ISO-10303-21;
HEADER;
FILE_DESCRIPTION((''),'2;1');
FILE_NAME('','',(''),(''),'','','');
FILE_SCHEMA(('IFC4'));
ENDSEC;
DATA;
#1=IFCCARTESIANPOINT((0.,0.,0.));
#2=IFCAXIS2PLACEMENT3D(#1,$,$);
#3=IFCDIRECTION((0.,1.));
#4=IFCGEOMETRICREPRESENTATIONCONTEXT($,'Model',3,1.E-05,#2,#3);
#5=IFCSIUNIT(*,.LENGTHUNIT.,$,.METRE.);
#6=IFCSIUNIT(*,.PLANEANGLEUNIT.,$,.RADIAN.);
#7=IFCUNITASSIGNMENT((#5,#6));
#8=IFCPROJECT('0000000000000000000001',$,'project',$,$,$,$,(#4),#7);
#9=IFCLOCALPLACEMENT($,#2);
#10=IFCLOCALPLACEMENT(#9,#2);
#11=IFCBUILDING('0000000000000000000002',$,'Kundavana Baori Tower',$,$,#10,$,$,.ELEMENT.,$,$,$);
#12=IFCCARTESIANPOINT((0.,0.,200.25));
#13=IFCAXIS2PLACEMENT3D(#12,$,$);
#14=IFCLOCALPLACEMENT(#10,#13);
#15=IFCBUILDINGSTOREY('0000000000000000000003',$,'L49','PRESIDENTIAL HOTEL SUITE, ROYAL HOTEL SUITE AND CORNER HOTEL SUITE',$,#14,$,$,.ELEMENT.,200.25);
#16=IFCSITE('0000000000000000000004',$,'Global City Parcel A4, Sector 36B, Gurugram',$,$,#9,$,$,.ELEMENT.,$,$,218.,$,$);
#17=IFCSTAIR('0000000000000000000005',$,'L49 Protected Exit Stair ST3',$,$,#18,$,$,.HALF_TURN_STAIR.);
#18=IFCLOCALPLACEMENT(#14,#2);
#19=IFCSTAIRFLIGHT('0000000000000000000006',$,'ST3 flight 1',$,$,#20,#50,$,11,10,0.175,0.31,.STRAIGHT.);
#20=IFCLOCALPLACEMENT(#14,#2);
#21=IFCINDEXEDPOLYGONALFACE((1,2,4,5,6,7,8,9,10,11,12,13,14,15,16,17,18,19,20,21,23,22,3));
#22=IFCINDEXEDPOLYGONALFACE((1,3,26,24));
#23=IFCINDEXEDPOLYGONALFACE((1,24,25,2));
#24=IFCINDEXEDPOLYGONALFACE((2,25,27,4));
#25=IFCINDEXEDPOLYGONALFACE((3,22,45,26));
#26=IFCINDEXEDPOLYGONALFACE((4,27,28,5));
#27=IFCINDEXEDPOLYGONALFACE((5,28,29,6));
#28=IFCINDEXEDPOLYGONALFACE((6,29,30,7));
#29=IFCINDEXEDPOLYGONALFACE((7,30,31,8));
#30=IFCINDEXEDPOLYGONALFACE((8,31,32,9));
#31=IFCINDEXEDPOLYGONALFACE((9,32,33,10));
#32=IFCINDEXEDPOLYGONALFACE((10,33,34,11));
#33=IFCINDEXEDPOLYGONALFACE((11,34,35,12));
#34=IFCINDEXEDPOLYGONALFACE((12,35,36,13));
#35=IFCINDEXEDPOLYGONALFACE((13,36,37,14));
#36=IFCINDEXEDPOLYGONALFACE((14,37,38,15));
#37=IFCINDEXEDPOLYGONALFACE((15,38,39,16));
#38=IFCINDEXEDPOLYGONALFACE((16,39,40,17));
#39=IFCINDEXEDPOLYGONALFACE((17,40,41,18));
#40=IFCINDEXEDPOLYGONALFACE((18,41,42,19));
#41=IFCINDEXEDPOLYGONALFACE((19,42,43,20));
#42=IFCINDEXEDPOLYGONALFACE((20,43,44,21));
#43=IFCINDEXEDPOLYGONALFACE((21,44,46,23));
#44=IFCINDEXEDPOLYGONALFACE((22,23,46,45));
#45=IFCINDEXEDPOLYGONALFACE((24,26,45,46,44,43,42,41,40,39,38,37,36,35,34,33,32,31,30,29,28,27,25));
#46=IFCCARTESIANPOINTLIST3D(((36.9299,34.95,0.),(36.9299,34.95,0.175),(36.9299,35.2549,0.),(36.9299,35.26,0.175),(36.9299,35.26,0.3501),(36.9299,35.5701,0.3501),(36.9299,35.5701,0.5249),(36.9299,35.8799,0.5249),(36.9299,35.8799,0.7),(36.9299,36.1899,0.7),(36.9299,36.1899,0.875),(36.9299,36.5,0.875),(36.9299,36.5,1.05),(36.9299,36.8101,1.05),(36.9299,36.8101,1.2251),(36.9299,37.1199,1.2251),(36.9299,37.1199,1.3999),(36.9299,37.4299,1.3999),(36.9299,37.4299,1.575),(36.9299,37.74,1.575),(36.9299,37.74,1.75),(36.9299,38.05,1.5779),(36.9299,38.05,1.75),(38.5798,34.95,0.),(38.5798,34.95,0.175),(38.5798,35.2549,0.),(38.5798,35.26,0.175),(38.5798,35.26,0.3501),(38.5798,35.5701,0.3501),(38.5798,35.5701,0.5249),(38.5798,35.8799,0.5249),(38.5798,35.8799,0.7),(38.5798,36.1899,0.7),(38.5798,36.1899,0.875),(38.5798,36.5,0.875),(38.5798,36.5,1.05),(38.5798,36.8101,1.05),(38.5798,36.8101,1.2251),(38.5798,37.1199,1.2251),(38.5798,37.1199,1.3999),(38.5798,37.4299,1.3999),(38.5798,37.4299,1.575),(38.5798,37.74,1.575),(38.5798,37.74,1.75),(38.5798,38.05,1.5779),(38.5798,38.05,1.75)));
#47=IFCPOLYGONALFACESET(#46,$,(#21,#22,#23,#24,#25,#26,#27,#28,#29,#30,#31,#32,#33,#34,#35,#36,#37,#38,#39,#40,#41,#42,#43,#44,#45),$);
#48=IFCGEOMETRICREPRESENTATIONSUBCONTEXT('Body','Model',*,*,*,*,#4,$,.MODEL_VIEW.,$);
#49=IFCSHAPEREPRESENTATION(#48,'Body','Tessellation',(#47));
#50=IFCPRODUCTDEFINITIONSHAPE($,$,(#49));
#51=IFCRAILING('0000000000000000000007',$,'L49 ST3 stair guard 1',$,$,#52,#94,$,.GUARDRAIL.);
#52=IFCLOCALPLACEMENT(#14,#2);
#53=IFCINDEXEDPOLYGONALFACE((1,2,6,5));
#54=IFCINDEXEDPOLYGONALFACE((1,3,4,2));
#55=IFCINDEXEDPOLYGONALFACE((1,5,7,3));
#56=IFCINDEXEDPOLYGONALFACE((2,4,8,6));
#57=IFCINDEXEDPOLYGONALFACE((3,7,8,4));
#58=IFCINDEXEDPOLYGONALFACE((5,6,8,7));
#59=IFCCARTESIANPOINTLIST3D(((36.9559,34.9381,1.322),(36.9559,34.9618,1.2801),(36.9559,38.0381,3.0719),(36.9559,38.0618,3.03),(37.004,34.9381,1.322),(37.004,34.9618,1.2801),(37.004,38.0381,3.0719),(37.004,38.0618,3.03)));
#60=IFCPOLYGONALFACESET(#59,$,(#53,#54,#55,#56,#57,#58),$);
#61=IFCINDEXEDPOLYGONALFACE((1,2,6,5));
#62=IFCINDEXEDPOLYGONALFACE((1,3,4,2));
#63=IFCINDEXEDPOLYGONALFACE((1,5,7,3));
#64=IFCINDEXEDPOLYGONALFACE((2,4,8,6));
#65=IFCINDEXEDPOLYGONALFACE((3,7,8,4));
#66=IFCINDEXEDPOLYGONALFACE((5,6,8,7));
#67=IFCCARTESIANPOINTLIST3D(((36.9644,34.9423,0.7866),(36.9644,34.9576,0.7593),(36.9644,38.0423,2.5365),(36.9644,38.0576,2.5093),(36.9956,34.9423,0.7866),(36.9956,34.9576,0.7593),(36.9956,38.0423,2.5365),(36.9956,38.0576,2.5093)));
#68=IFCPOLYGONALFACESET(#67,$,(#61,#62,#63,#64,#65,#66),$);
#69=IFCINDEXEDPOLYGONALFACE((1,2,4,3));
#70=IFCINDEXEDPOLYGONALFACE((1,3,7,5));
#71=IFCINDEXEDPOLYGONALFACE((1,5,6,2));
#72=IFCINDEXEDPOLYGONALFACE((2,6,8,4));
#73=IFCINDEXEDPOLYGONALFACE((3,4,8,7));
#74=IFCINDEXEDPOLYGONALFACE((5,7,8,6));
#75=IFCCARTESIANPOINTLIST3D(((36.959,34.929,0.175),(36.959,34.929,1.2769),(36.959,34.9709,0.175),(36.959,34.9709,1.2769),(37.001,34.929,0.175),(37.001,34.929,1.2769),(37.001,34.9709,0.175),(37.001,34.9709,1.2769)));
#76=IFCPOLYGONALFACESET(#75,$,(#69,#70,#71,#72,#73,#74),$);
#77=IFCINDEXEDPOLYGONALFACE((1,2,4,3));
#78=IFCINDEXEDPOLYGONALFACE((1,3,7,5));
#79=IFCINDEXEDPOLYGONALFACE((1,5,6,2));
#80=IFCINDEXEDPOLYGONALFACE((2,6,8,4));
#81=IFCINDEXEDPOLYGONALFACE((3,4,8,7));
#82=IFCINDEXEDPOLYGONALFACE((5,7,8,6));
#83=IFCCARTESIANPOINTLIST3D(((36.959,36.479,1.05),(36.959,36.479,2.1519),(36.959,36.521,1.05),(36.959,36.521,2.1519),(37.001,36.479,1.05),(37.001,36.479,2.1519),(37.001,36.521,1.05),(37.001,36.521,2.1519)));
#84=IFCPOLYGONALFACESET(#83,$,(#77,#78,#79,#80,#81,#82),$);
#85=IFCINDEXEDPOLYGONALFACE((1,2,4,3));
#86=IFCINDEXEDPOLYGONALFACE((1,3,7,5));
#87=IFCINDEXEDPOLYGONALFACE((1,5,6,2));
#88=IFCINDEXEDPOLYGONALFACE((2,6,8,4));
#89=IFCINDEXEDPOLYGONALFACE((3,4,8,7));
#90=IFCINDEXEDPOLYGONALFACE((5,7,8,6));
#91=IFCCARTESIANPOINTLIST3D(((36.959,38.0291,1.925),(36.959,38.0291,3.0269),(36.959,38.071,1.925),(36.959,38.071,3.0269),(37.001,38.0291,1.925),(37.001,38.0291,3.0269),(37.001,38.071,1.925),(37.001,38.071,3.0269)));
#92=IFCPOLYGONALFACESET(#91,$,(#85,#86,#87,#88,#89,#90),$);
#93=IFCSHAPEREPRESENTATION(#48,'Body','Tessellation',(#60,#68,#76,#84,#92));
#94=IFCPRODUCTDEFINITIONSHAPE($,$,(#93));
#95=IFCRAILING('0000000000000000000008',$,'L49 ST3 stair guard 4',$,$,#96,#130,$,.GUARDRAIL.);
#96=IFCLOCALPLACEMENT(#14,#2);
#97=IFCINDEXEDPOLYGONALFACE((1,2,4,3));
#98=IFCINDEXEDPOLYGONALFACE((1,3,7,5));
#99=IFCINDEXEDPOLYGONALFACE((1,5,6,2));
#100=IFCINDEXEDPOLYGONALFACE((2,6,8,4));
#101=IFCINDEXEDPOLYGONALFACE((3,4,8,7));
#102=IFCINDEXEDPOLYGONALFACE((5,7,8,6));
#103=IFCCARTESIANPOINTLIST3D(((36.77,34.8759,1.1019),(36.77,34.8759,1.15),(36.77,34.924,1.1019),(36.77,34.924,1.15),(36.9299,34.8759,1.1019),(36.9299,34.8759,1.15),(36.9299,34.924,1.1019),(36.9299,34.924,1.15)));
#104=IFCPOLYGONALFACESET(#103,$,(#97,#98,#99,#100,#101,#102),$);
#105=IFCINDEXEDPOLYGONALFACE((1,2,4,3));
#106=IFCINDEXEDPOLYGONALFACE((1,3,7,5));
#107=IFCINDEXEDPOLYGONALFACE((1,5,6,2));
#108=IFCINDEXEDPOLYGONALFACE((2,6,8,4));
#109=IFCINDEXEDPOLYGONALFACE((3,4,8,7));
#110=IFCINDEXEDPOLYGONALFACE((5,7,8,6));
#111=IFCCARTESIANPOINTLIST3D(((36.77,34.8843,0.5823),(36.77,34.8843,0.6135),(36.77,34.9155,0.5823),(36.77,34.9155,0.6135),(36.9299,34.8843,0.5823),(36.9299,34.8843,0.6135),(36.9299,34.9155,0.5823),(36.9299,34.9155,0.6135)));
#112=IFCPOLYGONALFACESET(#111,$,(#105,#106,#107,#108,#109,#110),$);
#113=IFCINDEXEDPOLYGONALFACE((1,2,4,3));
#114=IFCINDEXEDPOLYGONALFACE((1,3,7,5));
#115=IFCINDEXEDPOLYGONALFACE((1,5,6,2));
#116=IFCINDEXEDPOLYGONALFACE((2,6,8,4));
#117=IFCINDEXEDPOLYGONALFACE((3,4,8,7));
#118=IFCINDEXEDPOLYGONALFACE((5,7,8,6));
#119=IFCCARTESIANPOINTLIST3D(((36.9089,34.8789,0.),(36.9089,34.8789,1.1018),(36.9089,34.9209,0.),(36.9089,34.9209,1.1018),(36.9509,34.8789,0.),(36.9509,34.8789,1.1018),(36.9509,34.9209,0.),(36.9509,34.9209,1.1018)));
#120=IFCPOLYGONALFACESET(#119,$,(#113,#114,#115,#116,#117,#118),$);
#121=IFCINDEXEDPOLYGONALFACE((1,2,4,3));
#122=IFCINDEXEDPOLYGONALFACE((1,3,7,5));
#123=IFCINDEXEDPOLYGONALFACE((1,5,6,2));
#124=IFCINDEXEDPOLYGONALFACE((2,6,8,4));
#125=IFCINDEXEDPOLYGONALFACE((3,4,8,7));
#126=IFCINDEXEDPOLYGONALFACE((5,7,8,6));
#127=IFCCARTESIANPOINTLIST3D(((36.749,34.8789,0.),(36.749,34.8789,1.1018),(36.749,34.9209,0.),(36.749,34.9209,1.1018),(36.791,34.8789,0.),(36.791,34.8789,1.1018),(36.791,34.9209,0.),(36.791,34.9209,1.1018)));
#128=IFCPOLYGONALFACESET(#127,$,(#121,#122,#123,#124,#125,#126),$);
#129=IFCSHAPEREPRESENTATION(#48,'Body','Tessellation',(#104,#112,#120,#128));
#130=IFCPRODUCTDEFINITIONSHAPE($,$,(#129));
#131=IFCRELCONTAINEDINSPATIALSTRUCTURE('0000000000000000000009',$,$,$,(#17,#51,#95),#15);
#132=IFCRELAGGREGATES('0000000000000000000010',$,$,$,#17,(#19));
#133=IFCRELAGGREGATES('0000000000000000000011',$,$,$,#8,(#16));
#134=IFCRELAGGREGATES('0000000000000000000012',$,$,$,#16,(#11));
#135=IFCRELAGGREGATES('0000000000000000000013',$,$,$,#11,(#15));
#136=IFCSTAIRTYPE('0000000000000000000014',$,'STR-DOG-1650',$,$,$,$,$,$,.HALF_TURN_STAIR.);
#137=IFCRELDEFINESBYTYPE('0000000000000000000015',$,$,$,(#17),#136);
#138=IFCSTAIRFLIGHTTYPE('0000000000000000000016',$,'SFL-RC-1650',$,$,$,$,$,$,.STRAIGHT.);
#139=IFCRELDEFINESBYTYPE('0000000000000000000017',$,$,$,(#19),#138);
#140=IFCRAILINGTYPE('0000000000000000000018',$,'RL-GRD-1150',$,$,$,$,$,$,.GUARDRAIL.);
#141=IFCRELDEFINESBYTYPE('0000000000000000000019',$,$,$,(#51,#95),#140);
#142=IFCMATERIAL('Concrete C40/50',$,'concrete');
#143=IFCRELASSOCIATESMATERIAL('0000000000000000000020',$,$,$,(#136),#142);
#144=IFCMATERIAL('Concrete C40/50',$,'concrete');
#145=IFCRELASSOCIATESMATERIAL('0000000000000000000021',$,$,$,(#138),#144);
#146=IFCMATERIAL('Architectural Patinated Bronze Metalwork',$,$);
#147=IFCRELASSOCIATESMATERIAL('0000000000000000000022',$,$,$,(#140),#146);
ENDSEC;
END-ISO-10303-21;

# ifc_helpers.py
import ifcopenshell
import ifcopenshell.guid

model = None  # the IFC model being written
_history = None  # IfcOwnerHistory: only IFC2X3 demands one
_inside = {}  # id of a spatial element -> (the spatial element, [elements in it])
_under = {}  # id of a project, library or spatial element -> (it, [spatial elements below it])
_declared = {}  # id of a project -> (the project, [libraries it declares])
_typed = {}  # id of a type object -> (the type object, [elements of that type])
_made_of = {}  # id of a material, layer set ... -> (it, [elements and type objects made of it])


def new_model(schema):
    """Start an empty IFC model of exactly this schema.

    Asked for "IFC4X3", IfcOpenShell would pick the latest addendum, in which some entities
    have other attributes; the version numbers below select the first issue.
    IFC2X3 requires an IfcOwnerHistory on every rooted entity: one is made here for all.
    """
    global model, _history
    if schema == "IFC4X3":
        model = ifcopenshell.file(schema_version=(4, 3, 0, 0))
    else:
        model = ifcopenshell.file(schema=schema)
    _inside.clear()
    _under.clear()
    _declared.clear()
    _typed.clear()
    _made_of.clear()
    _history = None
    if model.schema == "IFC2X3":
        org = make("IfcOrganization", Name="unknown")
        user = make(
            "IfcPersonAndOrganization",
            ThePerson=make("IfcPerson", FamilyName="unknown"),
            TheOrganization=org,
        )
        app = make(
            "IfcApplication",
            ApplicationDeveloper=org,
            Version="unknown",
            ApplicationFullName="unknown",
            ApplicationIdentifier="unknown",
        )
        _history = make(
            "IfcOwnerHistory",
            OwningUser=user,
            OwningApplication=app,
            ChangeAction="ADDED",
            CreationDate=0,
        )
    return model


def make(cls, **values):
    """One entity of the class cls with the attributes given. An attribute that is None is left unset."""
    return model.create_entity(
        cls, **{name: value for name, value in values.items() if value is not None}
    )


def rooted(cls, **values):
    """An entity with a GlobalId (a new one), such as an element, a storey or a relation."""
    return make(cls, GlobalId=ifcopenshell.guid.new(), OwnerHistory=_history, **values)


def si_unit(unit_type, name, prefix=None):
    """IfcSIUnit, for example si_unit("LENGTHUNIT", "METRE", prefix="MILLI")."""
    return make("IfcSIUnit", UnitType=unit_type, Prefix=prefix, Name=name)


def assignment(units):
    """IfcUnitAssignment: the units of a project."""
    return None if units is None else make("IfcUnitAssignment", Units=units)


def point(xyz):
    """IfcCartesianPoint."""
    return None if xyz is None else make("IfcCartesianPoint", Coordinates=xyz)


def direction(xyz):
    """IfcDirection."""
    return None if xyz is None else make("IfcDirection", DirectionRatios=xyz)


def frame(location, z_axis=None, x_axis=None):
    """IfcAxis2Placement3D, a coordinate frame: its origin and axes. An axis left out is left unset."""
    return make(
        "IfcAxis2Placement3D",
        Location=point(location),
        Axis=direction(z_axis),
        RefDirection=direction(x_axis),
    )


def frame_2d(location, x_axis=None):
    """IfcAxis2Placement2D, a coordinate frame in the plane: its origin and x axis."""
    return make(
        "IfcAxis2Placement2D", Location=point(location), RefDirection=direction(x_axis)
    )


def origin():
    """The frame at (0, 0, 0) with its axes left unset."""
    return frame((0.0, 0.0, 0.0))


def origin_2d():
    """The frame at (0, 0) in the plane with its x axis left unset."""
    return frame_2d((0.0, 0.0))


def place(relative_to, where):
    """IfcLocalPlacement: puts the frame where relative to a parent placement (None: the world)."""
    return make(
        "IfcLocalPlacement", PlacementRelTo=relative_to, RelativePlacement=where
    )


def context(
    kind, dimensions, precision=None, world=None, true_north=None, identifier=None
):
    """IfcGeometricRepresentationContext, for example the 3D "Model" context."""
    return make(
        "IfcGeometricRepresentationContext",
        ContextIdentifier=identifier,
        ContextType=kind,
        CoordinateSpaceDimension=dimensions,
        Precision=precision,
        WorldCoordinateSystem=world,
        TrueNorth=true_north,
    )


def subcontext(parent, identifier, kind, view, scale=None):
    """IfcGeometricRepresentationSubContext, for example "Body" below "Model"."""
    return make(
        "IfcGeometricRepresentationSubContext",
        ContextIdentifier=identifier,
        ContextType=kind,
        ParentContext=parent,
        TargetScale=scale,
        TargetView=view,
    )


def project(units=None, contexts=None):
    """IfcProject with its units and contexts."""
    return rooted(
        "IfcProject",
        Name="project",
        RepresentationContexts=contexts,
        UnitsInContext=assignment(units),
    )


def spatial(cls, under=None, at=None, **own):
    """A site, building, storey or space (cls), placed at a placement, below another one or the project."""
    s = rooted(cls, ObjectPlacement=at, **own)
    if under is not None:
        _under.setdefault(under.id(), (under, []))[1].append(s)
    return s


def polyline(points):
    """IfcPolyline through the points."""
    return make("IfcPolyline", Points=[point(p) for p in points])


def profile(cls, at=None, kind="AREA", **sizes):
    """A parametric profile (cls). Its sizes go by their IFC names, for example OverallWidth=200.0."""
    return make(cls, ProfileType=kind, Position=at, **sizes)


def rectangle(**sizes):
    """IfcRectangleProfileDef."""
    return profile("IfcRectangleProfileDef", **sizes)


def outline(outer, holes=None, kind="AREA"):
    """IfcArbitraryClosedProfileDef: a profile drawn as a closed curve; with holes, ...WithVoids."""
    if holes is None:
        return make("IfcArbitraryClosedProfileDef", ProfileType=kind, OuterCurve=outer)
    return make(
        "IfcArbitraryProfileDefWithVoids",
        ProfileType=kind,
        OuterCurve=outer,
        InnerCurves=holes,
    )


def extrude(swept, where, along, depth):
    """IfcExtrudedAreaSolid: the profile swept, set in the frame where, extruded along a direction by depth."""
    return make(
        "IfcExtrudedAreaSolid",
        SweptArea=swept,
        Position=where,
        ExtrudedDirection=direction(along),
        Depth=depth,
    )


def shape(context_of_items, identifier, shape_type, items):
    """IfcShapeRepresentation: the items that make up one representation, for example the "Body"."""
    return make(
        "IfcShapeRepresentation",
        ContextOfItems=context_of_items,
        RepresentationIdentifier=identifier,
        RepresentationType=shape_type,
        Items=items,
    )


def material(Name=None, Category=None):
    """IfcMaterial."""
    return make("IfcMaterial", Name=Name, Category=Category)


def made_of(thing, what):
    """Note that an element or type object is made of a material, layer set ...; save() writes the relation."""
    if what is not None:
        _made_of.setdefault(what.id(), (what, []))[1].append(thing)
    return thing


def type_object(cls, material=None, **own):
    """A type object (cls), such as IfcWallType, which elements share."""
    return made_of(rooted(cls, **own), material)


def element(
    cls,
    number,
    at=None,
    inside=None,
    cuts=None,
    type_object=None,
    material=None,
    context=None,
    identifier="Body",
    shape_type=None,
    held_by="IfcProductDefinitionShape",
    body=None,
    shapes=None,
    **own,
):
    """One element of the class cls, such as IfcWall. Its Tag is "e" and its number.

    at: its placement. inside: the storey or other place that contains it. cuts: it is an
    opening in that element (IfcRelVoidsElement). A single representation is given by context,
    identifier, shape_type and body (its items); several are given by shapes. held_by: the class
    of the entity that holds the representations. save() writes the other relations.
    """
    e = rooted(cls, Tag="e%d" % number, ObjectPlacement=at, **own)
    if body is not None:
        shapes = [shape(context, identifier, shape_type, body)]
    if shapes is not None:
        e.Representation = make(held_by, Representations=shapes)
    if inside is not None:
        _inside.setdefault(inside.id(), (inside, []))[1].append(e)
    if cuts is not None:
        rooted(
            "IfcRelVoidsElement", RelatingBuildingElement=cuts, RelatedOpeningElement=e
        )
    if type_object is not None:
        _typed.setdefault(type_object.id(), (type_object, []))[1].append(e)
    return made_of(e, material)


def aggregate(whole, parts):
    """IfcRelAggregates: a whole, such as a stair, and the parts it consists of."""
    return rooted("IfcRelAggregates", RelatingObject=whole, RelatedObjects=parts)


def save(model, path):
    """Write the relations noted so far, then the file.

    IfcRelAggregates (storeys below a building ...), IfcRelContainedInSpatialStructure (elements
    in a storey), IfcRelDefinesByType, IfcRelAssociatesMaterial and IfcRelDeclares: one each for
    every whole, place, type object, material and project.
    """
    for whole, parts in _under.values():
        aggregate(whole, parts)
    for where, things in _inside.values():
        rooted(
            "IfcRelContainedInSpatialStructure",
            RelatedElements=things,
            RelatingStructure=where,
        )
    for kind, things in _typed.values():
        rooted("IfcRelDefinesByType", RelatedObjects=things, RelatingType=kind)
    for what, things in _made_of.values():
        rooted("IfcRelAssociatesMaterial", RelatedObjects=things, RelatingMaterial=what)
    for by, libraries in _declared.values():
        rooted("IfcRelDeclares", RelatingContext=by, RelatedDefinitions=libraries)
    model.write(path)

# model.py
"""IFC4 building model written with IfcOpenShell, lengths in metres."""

from ifc_helpers import new_model, si_unit, direction, frame, origin, origin_2d, place, context, subcontext, project, spatial, polyline, rectangle, outline, extrude, material, type_object, element, aggregate, save


model = new_model("IFC4")

# Units and contexts
model_context = context("Model", 3, precision=1e-05, world=origin(), true_north=direction((0.0, 1.0)))
body_context = subcontext(model_context, "Body", "Model", "MODEL_VIEW")
ifc_project = project(units=[si_unit("LENGTHUNIT", "METRE"), si_unit("PLANEANGLEUNIT", "RADIAN")], contexts=[model_context])

# Site, building, storey
site_placement = place(None, origin())
site = spatial("IfcSite", under=ifc_project, at=site_placement, Name="Global City Parcel A4, Sector 36B, Gurugram", CompositionType="ELEMENT", RefElevation=218.0)
building_placement = place(site_placement, origin())
building = spatial("IfcBuilding", under=site, at=building_placement, Name="Kundavana Baori Tower", CompositionType="ELEMENT")
storey_placement = place(building_placement, frame((0.0, 0.0, 200.25)))
storey = spatial("IfcBuildingStorey", under=building, at=storey_placement, Name="L49", Description="PRESIDENTIAL HOTEL SUITE, ROYAL HOTEL SUITE AND CORNER HOTEL SUITE", CompositionType="ELEMENT", Elevation=200.25)

# Stair, stair flight
ifc_material_1 = material(Name="Concrete C40/50", Category="concrete")
stair_type = type_object("IfcStairType", Name="STR-DOG-1650", PredefinedType="HALF_TURN_STAIR", material=ifc_material_1)
stair_placement = place(storey_placement, origin())
stair = element("IfcStair", 1, at=stair_placement, inside=storey, type_object=stair_type, Name="L49 Protected Exit Stair ST3", PredefinedType="HALF_TURN_STAIR")
ifc_material_2 = material(Name="Concrete C40/50", Category="concrete")
stair_flight_type = type_object("IfcStairFlightType", Name="SFL-RC-1650", PredefinedType="STRAIGHT", material=ifc_material_2)
stair_flight_placement = place(storey_placement, frame((37.7549, 34.95, 0.0), z_axis=(0.0, 0.0, 1.0), x_axis=(0.0, 1.0, 0.0)))
stair_flight = element("IfcStairFlight", 2, at=stair_flight_placement, type_object=stair_flight_type, Name="ST3 flight 1", NumberOfRisers=11, NumberOfTreads=10, PredefinedType="STRAIGHT", RiserHeight=0.175, TreadLength=0.31, context=body_context, shape_type="SweptSolid", body=[
    extrude(outline(polyline([(0.0, 0.0), (0.0, 0.175), (0.3101, 0.175), (0.3101, 0.3501), (0.6201, 0.3501), (0.6201, 0.5249), (0.9299, 0.5249), (0.9299, 0.7), (1.24, 0.7), (1.24, 0.875), (1.55, 0.875), (1.55, 1.05), (1.8601, 1.05), (1.8601, 1.2251), (2.1699, 1.2251), (2.1699, 1.3999), (2.48, 1.3999), (2.48, 1.575), (2.79, 1.575), (2.79, 1.75), (3.1001, 1.75), (3.1001, 1.925), (3.1001, 1.5779), (0.3049, 0.0), (0.0, 0.0)])), frame((0.0, 0.825, 0.0), z_axis=(0.0, -1.0, 0.0), x_axis=(1.0, 0.0, 0.0)), (0.0, 0.0, 1.0), 1.6499),
])
aggregate(stair, [stair_flight])

# Railings
ifc_material_3 = material(Name="Architectural Patinated Bronze Metalwork")
railing_type = type_object("IfcRailingType", Name="RL-GRD-1150", PredefinedType="GUARDRAIL", material=ifc_material_3)
railing_1_placement = place(storey_placement, frame((36.98, 34.95, 0.175)))
element("IfcRailing", 3, at=railing_1_placement, inside=storey, type_object=railing_type, Name="L49 ST3 stair guard 1", PredefinedType="GUARDRAIL", context=body_context, shape_type="SweptSolid", body=[
    extrude(rectangle(XDim=0.0481, YDim=0.0481, at=origin_2d()), frame((0.0, 0.0, 1.126), z_axis=(0.0, 0.870831, 0.491583), x_axis=(-1.0, 0.0, 0.0)), (0.0, 0.0, 1.0), 3.5598),
    extrude(rectangle(XDim=0.0312, YDim=0.0312, at=origin_2d()), frame((0.0, 0.0, 0.5979), z_axis=(0.0, 0.870831, 0.491583), x_axis=(-1.0, 0.0, 0.0)), (0.0, 0.0, 1.0), 3.5598),
    extrude(rectangle(XDim=0.042, YDim=0.042, at=origin_2d()), origin(), (0.0, 0.0, 1.0), 1.1018),
    extrude(rectangle(XDim=0.042, YDim=0.042, at=origin_2d()), frame((0.0, 1.55, 0.875)), (0.0, 0.0, 1.0), 1.1018),
    extrude(rectangle(XDim=0.042, YDim=0.042, at=origin_2d()), frame((0.0, 3.1001, 1.75)), (0.0, 0.0, 1.0), 1.1018),
])
railing_2_placement = place(storey_placement, frame((36.9299, 34.8999, 0.0)))
element("IfcRailing", 4, at=railing_2_placement, inside=storey, type_object=railing_type, Name="L49 ST3 stair guard 4", PredefinedType="GUARDRAIL", context=body_context, shape_type="SweptSolid", body=[
    extrude(rectangle(XDim=0.0481, YDim=0.0481, at=origin_2d()), frame((0.0, 0.0, 1.126), z_axis=(-1.0, 0.0, 0.0), x_axis=(0.0, -1.0, 0.0)), (0.0, 0.0, 1.0), 0.1599),
    extrude(rectangle(XDim=0.0312, YDim=0.0312, at=origin_2d()), frame((0.0, 0.0, 0.5979), z_axis=(-1.0, 0.0, 0.0), x_axis=(0.0, -1.0, 0.0)), (0.0, 0.0, 1.0), 0.1599),
    extrude(rectangle(XDim=0.042, YDim=0.042, at=origin_2d()), origin(), (0.0, 0.0, 1.0), 1.1018),
    extrude(rectangle(XDim=0.042, YDim=0.042, at=origin_2d()), frame((-0.1599, 0.0, 0.0)), (0.0, 0.0, 1.0), 1.1018),
])

save(model, "model.ifc")
